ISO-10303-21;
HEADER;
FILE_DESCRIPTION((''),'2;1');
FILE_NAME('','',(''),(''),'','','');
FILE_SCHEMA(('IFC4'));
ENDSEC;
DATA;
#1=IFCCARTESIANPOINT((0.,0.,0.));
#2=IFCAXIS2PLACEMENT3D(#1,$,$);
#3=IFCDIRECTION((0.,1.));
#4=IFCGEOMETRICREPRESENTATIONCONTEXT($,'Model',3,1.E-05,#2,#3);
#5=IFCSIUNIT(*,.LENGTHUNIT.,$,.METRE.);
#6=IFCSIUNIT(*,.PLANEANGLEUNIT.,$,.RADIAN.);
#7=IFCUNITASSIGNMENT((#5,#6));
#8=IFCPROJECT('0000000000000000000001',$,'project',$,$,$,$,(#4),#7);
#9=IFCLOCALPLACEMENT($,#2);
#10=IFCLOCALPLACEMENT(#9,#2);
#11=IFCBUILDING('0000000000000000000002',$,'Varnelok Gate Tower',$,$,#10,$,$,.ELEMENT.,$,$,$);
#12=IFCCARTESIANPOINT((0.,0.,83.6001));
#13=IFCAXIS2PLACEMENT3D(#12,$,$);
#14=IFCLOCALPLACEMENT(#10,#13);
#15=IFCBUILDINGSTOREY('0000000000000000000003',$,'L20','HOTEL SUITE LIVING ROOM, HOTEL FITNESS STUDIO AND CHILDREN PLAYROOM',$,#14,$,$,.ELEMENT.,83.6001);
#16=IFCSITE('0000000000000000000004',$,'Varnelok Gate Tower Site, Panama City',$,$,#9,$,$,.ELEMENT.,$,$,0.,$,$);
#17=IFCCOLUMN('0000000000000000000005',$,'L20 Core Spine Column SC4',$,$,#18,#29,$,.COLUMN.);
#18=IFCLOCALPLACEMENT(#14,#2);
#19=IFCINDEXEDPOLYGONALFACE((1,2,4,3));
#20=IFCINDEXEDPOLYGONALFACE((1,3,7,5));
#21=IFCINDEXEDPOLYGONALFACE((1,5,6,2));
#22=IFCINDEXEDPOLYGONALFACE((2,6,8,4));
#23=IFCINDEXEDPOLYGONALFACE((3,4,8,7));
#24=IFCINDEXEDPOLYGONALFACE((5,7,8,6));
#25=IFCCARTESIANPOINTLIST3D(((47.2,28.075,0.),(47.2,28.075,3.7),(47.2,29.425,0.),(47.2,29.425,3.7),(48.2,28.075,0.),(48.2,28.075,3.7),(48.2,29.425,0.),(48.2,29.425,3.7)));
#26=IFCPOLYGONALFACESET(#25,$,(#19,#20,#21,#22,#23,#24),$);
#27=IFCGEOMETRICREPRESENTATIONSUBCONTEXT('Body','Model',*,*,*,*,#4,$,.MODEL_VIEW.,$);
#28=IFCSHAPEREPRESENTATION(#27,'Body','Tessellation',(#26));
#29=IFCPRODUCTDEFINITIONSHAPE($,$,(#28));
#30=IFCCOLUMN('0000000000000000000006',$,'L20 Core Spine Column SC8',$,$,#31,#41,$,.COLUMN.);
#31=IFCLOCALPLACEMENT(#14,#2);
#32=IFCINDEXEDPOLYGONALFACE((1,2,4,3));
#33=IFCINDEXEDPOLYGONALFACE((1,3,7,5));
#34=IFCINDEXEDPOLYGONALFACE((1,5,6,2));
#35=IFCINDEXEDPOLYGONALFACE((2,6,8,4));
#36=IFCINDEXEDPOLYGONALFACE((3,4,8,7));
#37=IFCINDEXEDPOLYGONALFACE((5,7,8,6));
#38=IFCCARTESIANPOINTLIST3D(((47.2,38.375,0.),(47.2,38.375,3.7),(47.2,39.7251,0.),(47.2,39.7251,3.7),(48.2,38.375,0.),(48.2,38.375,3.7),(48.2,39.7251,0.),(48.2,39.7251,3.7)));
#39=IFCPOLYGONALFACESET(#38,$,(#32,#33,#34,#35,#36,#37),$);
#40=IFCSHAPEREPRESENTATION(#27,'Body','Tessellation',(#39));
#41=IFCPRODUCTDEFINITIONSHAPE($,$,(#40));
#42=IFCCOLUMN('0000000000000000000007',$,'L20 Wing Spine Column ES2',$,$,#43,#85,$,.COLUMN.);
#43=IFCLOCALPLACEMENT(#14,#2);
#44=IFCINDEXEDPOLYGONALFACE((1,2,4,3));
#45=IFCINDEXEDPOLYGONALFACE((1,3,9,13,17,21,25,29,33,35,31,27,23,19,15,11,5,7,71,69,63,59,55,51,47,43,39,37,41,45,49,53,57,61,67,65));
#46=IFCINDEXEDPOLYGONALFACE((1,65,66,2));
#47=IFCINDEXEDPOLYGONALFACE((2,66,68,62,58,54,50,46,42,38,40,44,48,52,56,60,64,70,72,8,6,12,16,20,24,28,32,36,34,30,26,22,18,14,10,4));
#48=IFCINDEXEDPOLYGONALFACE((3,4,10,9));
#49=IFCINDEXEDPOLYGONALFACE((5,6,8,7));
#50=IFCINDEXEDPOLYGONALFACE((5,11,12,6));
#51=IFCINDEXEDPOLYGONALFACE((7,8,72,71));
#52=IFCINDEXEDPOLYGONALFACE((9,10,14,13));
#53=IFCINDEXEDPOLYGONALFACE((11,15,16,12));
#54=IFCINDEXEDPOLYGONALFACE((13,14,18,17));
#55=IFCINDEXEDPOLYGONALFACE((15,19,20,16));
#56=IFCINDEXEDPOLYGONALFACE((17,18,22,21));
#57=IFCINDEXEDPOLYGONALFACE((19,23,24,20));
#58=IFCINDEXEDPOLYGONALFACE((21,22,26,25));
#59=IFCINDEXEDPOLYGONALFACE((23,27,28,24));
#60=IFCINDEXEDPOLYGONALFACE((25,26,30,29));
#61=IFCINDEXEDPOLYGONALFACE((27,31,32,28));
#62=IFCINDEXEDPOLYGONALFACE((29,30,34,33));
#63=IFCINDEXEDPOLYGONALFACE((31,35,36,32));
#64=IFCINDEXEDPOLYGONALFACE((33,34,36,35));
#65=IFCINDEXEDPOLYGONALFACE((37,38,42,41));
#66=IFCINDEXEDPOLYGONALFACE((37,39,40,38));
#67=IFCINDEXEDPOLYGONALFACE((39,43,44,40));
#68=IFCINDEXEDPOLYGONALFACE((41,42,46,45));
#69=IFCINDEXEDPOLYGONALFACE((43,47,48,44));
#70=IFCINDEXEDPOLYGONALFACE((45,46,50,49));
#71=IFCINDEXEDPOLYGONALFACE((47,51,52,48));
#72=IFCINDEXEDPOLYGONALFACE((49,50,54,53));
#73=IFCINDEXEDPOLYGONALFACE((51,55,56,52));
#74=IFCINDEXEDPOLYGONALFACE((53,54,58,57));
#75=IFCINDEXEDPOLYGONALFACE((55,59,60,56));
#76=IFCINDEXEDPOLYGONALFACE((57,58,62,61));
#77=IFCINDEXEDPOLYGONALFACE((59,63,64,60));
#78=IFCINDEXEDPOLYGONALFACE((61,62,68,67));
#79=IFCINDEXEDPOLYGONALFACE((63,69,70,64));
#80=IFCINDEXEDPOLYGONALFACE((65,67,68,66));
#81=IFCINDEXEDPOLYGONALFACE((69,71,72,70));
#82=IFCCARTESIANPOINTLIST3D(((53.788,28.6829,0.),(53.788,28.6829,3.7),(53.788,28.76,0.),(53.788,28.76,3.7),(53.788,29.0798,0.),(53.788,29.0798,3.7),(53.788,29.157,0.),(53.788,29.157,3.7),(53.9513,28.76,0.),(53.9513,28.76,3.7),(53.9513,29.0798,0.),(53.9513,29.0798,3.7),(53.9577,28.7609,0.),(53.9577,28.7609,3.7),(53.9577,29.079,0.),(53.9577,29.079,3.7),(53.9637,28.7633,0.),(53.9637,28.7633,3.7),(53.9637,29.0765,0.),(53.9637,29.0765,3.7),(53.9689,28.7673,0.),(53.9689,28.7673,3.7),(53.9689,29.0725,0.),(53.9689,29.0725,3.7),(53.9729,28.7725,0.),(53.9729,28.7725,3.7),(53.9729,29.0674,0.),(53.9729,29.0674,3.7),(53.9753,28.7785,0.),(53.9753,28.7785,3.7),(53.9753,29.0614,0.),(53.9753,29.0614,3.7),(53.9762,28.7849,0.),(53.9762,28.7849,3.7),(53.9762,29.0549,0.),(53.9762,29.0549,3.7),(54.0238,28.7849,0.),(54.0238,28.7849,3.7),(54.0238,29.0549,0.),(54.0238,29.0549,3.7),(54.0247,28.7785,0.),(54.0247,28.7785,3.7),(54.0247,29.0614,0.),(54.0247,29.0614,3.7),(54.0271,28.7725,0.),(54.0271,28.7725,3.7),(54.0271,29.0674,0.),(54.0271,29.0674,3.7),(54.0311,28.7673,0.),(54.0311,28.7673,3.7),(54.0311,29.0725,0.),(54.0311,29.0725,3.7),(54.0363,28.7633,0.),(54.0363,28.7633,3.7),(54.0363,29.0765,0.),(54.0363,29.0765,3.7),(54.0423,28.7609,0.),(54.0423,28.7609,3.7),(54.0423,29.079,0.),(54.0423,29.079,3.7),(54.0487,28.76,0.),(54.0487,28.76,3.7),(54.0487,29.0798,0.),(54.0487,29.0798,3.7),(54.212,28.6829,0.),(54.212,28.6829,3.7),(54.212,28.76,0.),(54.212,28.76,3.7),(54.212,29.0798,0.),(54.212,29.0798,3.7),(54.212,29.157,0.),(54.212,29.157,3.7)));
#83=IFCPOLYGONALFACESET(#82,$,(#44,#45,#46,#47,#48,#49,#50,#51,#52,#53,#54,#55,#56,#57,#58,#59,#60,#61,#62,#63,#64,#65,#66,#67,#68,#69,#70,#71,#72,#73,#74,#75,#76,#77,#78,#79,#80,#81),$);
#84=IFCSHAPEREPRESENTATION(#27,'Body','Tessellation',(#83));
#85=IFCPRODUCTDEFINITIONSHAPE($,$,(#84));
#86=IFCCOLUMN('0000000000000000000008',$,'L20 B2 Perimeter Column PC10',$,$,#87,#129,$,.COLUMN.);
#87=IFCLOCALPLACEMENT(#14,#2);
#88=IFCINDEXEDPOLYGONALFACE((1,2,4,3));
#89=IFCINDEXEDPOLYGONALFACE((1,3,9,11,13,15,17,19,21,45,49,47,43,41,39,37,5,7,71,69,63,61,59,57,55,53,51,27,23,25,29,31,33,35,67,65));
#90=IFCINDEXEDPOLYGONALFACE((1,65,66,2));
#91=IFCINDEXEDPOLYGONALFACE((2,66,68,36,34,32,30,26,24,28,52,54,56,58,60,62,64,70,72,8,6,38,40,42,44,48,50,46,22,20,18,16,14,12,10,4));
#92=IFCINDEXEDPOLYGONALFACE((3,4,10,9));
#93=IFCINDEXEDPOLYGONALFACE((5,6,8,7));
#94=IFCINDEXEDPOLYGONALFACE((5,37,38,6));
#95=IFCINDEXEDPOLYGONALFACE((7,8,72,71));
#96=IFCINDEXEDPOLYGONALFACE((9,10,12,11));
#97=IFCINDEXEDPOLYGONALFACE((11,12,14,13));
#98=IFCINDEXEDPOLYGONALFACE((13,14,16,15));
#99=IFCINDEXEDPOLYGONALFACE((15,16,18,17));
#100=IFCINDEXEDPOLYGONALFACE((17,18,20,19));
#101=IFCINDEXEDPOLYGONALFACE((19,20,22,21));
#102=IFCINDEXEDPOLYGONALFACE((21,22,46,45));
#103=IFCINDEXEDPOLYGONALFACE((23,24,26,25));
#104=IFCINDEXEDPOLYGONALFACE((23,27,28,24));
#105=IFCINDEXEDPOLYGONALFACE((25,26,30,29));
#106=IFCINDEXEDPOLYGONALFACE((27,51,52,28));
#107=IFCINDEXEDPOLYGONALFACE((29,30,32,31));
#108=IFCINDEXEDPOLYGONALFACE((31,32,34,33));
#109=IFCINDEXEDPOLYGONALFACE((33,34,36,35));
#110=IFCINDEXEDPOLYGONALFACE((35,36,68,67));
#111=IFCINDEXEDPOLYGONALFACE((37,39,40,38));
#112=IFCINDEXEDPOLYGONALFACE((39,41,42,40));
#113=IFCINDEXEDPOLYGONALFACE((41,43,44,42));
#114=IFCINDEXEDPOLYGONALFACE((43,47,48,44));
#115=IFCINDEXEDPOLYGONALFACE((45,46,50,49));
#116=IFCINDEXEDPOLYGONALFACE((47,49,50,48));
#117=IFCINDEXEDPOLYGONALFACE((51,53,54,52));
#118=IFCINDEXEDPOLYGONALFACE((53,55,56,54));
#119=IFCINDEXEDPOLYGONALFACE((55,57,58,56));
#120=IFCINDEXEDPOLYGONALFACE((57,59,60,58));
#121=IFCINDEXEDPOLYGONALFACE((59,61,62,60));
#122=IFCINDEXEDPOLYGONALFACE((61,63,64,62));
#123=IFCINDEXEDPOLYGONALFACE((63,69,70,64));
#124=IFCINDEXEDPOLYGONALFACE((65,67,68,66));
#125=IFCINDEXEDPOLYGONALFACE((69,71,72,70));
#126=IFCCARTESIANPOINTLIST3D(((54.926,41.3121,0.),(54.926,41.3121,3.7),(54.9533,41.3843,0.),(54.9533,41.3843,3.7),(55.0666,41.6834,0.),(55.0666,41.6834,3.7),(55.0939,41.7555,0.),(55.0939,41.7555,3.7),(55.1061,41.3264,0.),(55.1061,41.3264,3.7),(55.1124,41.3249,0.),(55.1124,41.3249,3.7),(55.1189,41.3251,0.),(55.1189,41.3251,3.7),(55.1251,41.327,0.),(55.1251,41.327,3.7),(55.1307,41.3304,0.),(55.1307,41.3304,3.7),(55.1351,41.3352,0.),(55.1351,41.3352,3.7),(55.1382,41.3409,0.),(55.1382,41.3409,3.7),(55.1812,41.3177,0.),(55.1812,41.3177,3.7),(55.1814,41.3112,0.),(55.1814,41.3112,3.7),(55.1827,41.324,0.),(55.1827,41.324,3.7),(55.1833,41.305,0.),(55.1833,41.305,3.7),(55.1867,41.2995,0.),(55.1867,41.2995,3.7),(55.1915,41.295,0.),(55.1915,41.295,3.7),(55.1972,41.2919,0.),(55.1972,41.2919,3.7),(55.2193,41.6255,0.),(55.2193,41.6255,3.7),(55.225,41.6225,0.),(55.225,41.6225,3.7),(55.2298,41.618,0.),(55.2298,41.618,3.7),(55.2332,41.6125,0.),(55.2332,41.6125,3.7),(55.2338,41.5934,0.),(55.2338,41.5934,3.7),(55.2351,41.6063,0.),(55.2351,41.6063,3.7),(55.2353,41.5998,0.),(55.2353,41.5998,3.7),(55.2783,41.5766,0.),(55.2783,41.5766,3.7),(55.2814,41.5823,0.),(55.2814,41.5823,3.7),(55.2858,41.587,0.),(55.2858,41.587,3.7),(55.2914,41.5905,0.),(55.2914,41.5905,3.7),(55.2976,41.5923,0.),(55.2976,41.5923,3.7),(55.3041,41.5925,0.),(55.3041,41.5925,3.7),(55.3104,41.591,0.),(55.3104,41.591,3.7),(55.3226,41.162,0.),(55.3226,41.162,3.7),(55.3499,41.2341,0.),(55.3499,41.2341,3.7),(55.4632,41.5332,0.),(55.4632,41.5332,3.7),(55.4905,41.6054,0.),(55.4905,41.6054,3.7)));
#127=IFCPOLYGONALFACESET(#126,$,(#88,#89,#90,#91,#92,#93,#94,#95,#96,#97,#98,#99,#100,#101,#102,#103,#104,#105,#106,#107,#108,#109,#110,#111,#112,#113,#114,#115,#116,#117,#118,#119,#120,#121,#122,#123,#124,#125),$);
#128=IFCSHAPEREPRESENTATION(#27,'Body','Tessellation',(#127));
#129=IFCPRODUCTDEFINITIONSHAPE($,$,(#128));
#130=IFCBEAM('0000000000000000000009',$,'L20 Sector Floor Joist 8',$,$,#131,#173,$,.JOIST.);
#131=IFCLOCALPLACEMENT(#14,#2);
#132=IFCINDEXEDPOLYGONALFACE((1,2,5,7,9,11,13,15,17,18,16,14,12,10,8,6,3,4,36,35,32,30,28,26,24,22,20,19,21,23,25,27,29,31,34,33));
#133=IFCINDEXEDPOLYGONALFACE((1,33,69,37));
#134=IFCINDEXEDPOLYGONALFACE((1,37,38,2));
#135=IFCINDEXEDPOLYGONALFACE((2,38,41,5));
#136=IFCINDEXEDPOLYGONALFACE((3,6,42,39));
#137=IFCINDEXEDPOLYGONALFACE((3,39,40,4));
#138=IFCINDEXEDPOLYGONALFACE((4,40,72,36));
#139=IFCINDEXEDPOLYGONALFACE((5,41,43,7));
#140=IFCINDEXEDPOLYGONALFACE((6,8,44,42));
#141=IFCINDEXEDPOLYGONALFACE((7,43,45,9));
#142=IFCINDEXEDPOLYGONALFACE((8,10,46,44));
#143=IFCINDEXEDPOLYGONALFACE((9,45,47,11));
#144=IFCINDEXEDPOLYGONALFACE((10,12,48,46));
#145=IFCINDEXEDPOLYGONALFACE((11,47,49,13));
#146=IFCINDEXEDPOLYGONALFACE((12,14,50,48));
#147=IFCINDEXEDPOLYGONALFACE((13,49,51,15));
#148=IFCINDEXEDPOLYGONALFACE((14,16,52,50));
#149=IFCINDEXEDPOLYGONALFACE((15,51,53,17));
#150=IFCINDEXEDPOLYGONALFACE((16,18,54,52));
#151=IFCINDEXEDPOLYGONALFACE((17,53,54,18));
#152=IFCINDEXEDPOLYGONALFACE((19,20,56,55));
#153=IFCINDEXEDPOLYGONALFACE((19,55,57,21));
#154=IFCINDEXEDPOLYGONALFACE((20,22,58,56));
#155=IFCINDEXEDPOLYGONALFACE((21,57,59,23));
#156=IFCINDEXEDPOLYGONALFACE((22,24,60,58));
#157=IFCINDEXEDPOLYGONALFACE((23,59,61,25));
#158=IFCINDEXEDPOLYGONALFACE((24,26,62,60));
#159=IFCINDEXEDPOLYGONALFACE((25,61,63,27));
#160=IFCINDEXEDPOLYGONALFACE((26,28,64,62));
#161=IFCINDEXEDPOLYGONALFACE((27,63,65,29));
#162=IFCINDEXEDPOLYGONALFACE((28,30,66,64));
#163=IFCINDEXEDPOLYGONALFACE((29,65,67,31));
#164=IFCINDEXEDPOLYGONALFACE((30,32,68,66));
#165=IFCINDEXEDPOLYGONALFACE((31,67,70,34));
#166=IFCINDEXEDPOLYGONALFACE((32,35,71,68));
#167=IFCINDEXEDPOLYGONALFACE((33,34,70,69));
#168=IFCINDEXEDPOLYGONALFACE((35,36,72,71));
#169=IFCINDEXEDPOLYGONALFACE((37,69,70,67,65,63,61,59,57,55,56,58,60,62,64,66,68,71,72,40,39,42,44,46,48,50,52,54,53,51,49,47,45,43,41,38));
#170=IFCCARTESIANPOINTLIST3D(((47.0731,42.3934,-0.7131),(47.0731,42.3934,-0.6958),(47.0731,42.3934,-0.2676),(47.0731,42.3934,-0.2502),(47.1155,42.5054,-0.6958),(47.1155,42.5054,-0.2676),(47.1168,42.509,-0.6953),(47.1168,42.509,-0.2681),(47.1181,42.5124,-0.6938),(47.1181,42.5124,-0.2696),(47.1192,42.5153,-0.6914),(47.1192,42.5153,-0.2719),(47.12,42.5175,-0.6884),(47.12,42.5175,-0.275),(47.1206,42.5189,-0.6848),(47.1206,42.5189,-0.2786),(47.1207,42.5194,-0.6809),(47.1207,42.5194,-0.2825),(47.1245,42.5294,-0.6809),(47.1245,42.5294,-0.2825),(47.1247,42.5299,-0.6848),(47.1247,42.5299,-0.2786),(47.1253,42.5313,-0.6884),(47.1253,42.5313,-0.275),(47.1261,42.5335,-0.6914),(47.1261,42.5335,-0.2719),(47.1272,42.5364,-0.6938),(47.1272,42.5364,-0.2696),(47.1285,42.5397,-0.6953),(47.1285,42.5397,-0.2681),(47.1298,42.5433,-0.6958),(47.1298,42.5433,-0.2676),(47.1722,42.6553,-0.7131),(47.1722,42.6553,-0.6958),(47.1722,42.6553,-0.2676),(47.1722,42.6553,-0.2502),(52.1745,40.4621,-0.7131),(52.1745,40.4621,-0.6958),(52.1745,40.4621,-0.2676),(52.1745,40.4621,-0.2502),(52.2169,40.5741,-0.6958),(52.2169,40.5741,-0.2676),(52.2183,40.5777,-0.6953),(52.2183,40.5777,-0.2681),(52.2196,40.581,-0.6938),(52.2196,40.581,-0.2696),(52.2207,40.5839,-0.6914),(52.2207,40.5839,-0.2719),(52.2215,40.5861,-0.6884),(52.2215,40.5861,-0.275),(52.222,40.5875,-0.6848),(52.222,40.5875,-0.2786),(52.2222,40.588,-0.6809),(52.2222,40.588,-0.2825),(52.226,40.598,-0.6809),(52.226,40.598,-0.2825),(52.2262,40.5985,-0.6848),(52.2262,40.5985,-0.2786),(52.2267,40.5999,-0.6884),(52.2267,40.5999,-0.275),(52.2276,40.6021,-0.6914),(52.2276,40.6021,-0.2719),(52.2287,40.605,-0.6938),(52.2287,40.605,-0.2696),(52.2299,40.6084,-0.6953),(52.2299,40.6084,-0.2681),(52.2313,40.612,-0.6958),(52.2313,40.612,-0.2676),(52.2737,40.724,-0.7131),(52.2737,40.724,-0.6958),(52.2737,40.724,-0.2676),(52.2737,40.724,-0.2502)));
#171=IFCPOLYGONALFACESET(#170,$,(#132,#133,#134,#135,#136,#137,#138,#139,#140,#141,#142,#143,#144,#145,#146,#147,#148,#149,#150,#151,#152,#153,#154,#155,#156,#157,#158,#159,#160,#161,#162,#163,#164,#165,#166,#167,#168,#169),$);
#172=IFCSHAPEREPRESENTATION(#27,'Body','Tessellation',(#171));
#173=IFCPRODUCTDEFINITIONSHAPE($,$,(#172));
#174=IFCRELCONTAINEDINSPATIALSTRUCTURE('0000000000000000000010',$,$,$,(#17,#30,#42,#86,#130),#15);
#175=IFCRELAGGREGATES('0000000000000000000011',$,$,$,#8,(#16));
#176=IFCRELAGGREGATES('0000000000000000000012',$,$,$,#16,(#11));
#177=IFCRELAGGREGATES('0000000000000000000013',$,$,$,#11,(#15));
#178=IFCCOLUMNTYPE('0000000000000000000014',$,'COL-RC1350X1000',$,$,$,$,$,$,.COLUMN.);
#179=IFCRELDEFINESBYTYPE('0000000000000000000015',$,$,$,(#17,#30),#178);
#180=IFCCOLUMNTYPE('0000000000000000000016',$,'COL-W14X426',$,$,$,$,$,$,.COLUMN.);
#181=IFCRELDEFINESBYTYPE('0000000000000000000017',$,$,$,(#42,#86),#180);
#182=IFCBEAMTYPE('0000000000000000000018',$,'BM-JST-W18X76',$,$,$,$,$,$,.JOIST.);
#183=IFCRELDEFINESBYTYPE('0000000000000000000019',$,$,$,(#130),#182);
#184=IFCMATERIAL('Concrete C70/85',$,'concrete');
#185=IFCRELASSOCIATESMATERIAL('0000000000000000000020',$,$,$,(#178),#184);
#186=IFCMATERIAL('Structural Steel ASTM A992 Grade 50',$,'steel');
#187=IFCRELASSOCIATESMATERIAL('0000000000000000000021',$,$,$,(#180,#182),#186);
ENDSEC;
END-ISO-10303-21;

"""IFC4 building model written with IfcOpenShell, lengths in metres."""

from ifc_helpers import new_model, si_unit, direction, frame, origin, origin_2d, place, context, subcontext, project, spatial, rectangle, i_section, extrude, material, material_profile, profile_set, type_object, element, save


model = new_model("IFC4")

# Units and contexts
model_context = context("Model", 3, precision=1e-05, world=origin(), true_north=direction((0.0, 1.0)))
body_context = subcontext(model_context, "Body", "Model", "MODEL_VIEW")
ifc_project = project(units=[si_unit("LENGTHUNIT", "METRE"), si_unit("PLANEANGLEUNIT", "RADIAN")], contexts=[model_context])

# Site, building, storey
site_placement = place(None, origin())
site = spatial("IfcSite", under=ifc_project, at=site_placement, Name="Varnelok Gate Tower Site, Panama City", CompositionType="ELEMENT", RefElevation=0.0)
building_placement = place(site_placement, origin())
building = spatial("IfcBuilding", under=site, at=building_placement, Name="Varnelok Gate Tower", CompositionType="ELEMENT")
storey_placement = place(building_placement, frame((0.0, 0.0, 83.6001)))
storey = spatial("IfcBuildingStorey", under=building, at=storey_placement, Name="L20", Description="HOTEL SUITE LIVING ROOM, HOTEL FITNESS STUDIO AND CHILDREN PLAYROOM", CompositionType="ELEMENT", Elevation=83.6001)

# Columns
ifc_material_1 = material(Name="Concrete C70/85", Category="concrete")
ifc_material_profile_1 = material_profile(ifc_material_1, rectangle(XDim=1.0, YDim=1.3501, at=origin_2d()), Name="RC1350X1000")
ifc_profile_set_1 = profile_set([ifc_material_profile_1], Name="Concrete C70/85")
column_type_1 = type_object("IfcColumnType", Name="COL-RC1350X1000", PredefinedType="COLUMN", material=ifc_profile_set_1)
for number, where, z_axis, x_axis, name in (
    (1, (47.7, 28.75, 0.0), (0.0, 0.0, 1.0), (1.0, 0.0, 0.0), "L20 Core Spine Column SC4"),
    (2, (47.7, 39.05, 0.0), (0.0, 0.0, 1.0), (1.0, 0.0, 0.0), "L20 Core Spine Column SC8"),
):
    element("IfcColumn", number, at=place(storey_placement, frame(where, z_axis=z_axis, x_axis=x_axis)), inside=storey, type_object=column_type_1, Name=name, PredefinedType="COLUMN", context=body_context, shape_type="SweptSolid", body=[
        extrude(rectangle(XDim=1.0, YDim=1.3501, at=origin_2d()), origin(), (0.0, 0.0, 1.0), 3.7),
    ])
ifc_material_2 = material(Name="Structural Steel ASTM A992 Grade 50", Category="steel")
ifc_material_profile_2 = material_profile(ifc_material_2, i_section(OverallWidth=0.4241, OverallDepth=0.4741, WebThickness=0.0476, FlangeThickness=0.0771, FilletRadius=0.0249, at=origin_2d()), Name="W14X426")
ifc_profile_set_2 = profile_set([ifc_material_profile_2], Name="Structural Steel ASTM A992 Grade 50")
column_type_2 = type_object("IfcColumnType", Name="COL-W14X426", PredefinedType="COLUMN", material=ifc_profile_set_2)
for number, where, z_axis, x_axis, name in (
    (3, (54.0, 28.9199, 0.0), (0.0, 0.0, 1.0), (1.0, 0.0, 0.0), "L20 Wing Spine Column ES2"),
    (4, (55.2083, 41.4587, 0.0), (0.0, 0.0, 1.0), (0.935222, -0.354063, 0.0), "L20 B2 Perimeter Column PC10"),
):
    element("IfcColumn", number, at=place(storey_placement, frame(where, z_axis=z_axis, x_axis=x_axis)), inside=storey, type_object=column_type_2, Name=name, PredefinedType="COLUMN", context=body_context, shape_type="SweptSolid", body=[
        extrude(i_section(OverallWidth=0.4241, OverallDepth=0.4741, WebThickness=0.0476, FlangeThickness=0.0771, FilletRadius=0.0249, at=origin_2d()), origin(), (0.0, 0.0, 1.0), 3.7),
    ])

# Beam
ifc_material_profile_3 = material_profile(ifc_material_2, i_section(OverallWidth=0.28, OverallDepth=0.4629, WebThickness=0.0107, FlangeThickness=0.0173, FilletRadius=0.0149, at=origin_2d()), Name="W18X76")
ifc_profile_set_3 = profile_set([ifc_material_profile_3], Name="Structural Steel ASTM A992 Grade 50")
beam_type_1 = type_object("IfcBeamType", Name="BM-JST-W18X76", PredefinedType="JOIST", material=ifc_profile_set_3)
beam_1_placement = place(storey_placement, frame((52.2241, 40.593, -0.4817), z_axis=(-0.935221, 0.354065, 0.0), x_axis=(-0.354065, -0.935221, 0.0)))
element("IfcBeam", 5, at=beam_1_placement, inside=storey, type_object=beam_type_1, Name="L20 Sector Floor Joist 8", PredefinedType="JOIST", context=body_context, shape_type="SweptSolid", body=[
    extrude(i_section(OverallWidth=0.28, OverallDepth=0.4629, WebThickness=0.0107, FlangeThickness=0.0173, FilletRadius=0.0149, at=origin_2d()), origin(), (0.0, 0.0, 1.0), 5.4548),
])

save(model, "model.ifc")
